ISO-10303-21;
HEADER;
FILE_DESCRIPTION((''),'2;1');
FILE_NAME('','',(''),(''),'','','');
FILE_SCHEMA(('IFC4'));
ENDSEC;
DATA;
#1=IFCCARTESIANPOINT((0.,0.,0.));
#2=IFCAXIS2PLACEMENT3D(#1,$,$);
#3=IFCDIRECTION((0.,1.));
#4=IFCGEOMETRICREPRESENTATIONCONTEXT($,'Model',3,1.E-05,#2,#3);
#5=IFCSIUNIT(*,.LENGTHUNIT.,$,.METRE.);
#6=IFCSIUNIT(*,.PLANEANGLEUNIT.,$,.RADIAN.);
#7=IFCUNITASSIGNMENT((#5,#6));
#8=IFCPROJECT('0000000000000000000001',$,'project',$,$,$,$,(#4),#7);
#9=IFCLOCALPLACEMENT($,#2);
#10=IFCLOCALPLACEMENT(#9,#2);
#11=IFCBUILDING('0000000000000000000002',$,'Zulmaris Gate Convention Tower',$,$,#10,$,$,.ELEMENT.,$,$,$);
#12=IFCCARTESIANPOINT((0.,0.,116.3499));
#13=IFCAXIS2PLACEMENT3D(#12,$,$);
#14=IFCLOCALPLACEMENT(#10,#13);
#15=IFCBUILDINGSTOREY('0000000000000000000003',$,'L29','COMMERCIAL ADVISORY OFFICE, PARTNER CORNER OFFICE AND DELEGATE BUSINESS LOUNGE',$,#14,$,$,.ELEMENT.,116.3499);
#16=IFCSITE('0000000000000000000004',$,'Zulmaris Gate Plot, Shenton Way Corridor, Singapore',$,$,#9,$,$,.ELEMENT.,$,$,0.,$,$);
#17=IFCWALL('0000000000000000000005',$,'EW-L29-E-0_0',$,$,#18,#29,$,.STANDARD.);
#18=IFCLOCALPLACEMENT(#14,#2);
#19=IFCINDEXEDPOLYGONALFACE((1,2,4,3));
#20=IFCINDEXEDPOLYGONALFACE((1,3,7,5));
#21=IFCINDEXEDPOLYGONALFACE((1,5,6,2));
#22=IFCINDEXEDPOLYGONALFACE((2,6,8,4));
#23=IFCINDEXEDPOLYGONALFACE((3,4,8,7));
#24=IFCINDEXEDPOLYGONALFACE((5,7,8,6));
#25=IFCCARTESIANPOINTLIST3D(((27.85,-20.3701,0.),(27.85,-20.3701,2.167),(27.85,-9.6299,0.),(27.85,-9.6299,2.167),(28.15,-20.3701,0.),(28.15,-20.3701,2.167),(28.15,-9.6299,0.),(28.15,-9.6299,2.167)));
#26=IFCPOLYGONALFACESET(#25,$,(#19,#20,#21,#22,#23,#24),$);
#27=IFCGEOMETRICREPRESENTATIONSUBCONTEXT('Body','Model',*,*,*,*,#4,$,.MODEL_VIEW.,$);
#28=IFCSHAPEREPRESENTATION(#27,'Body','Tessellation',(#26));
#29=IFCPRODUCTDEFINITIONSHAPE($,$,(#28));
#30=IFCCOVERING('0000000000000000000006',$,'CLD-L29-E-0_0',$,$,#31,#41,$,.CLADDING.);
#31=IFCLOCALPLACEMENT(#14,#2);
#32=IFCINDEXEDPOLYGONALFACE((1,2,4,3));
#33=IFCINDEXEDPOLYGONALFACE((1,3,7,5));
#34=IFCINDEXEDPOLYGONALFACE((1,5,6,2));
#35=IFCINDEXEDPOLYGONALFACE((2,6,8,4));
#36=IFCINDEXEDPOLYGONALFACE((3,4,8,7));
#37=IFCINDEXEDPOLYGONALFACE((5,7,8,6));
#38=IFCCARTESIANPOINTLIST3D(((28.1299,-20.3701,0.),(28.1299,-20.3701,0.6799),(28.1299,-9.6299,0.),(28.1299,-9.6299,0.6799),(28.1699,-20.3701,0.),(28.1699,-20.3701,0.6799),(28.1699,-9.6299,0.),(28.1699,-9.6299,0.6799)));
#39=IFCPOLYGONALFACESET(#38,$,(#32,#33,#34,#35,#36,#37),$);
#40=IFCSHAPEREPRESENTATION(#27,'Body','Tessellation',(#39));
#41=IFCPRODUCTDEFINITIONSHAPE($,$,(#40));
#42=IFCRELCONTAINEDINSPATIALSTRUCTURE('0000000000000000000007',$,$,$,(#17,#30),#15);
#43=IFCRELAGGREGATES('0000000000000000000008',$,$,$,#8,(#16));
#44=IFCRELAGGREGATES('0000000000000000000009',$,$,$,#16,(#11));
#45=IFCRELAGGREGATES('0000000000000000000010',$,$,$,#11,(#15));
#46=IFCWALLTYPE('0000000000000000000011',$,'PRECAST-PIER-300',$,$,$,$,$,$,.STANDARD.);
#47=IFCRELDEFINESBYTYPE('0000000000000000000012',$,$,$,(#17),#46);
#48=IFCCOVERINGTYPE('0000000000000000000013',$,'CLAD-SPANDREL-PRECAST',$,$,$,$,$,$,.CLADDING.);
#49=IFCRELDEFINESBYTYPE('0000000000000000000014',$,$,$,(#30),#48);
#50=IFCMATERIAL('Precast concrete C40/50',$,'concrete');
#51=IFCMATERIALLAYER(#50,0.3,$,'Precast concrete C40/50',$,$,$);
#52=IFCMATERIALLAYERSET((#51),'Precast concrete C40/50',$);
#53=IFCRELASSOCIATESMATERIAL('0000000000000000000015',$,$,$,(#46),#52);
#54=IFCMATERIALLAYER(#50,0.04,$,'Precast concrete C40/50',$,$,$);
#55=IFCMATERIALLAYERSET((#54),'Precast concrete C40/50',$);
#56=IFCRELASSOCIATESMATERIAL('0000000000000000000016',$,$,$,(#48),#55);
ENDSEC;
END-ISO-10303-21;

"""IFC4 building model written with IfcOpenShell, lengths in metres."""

from ifc_helpers import new_model, si_unit, direction, frame, frame_2d, origin, place, context, subcontext, project, spatial, rectangle, extrude, material, layer, layer_set, type_object, element, save


model = new_model("IFC4")

# Units and contexts
model_context = context("Model", 3, precision=1e-05, world=origin(), true_north=direction((0.0, 1.0)))
body_context = subcontext(model_context, "Body", "Model", "MODEL_VIEW")
ifc_project = project(units=[si_unit("LENGTHUNIT", "METRE"), si_unit("PLANEANGLEUNIT", "RADIAN")], contexts=[model_context])

# Site, building, storey
site_placement = place(None, origin())
site = spatial("IfcSite", under=ifc_project, at=site_placement, Name="Zulmaris Gate Plot, Shenton Way Corridor, Singapore", CompositionType="ELEMENT", RefElevation=0.0)
building_placement = place(site_placement, origin())
building = spatial("IfcBuilding", under=site, at=building_placement, Name="Zulmaris Gate Convention Tower", CompositionType="ELEMENT")
storey_placement = place(building_placement, frame((0.0, 0.0, 116.3499)))
storey = spatial("IfcBuildingStorey", under=building, at=storey_placement, Name="L29", Description="COMMERCIAL ADVISORY OFFICE, PARTNER CORNER OFFICE AND DELEGATE BUSINESS LOUNGE", CompositionType="ELEMENT", Elevation=116.3499)

# Shared definitions
ifc_material_1 = material(Name="Precast concrete C40/50", Category="concrete")
ifc_layer_1 = layer(ifc_material_1, 0.3, Name="Precast concrete C40/50")
ifc_layer_set_1 = layer_set([ifc_layer_1], Name="Precast concrete C40/50")
wall_type_1 = type_object("IfcWallType", Name="PRECAST-PIER-300", PredefinedType="STANDARD", material=ifc_layer_set_1)

# Wall
wall_1_placement = place(storey_placement, frame((28.0, -20.3701, 0.0), z_axis=(0.0, 0.0, 1.0), x_axis=(0.0, 1.0, 0.0)))
element("IfcWall", 1, at=wall_1_placement, inside=storey, type_object=wall_type_1, Name="EW-L29-E-0_0", PredefinedType="STANDARD", context=body_context, shape_type="SweptSolid", body=[
    extrude(rectangle(XDim=10.7402, YDim=0.3, at=frame_2d((5.3701, 0.0))), origin(), (0.0, 0.0, 1.0), 2.167),
])

# Covering
ifc_layer_2 = layer(ifc_material_1, 0.04, Name="Precast concrete C40/50")
ifc_layer_set_2 = layer_set([ifc_layer_2], Name="Precast concrete C40/50")
covering_type = type_object("IfcCoveringType", Name="CLAD-SPANDREL-PRECAST", PredefinedType="CLADDING", material=ifc_layer_set_2)
covering_placement = place(storey_placement, frame((28.1499, -20.3701, 0.0), z_axis=(0.0, 0.0, 1.0), x_axis=(0.0, 1.0, 0.0)))
element("IfcCovering", 2, at=covering_placement, inside=storey, type_object=covering_type, Name="CLD-L29-E-0_0", PredefinedType="CLADDING", context=body_context, shape_type="SweptSolid", body=[
    extrude(rectangle(XDim=10.7402, YDim=0.04, at=frame_2d((5.3701, 0.0))), origin(), (0.0, 0.0, 1.0), 0.6799),
])

save(model, "model.ifc")
